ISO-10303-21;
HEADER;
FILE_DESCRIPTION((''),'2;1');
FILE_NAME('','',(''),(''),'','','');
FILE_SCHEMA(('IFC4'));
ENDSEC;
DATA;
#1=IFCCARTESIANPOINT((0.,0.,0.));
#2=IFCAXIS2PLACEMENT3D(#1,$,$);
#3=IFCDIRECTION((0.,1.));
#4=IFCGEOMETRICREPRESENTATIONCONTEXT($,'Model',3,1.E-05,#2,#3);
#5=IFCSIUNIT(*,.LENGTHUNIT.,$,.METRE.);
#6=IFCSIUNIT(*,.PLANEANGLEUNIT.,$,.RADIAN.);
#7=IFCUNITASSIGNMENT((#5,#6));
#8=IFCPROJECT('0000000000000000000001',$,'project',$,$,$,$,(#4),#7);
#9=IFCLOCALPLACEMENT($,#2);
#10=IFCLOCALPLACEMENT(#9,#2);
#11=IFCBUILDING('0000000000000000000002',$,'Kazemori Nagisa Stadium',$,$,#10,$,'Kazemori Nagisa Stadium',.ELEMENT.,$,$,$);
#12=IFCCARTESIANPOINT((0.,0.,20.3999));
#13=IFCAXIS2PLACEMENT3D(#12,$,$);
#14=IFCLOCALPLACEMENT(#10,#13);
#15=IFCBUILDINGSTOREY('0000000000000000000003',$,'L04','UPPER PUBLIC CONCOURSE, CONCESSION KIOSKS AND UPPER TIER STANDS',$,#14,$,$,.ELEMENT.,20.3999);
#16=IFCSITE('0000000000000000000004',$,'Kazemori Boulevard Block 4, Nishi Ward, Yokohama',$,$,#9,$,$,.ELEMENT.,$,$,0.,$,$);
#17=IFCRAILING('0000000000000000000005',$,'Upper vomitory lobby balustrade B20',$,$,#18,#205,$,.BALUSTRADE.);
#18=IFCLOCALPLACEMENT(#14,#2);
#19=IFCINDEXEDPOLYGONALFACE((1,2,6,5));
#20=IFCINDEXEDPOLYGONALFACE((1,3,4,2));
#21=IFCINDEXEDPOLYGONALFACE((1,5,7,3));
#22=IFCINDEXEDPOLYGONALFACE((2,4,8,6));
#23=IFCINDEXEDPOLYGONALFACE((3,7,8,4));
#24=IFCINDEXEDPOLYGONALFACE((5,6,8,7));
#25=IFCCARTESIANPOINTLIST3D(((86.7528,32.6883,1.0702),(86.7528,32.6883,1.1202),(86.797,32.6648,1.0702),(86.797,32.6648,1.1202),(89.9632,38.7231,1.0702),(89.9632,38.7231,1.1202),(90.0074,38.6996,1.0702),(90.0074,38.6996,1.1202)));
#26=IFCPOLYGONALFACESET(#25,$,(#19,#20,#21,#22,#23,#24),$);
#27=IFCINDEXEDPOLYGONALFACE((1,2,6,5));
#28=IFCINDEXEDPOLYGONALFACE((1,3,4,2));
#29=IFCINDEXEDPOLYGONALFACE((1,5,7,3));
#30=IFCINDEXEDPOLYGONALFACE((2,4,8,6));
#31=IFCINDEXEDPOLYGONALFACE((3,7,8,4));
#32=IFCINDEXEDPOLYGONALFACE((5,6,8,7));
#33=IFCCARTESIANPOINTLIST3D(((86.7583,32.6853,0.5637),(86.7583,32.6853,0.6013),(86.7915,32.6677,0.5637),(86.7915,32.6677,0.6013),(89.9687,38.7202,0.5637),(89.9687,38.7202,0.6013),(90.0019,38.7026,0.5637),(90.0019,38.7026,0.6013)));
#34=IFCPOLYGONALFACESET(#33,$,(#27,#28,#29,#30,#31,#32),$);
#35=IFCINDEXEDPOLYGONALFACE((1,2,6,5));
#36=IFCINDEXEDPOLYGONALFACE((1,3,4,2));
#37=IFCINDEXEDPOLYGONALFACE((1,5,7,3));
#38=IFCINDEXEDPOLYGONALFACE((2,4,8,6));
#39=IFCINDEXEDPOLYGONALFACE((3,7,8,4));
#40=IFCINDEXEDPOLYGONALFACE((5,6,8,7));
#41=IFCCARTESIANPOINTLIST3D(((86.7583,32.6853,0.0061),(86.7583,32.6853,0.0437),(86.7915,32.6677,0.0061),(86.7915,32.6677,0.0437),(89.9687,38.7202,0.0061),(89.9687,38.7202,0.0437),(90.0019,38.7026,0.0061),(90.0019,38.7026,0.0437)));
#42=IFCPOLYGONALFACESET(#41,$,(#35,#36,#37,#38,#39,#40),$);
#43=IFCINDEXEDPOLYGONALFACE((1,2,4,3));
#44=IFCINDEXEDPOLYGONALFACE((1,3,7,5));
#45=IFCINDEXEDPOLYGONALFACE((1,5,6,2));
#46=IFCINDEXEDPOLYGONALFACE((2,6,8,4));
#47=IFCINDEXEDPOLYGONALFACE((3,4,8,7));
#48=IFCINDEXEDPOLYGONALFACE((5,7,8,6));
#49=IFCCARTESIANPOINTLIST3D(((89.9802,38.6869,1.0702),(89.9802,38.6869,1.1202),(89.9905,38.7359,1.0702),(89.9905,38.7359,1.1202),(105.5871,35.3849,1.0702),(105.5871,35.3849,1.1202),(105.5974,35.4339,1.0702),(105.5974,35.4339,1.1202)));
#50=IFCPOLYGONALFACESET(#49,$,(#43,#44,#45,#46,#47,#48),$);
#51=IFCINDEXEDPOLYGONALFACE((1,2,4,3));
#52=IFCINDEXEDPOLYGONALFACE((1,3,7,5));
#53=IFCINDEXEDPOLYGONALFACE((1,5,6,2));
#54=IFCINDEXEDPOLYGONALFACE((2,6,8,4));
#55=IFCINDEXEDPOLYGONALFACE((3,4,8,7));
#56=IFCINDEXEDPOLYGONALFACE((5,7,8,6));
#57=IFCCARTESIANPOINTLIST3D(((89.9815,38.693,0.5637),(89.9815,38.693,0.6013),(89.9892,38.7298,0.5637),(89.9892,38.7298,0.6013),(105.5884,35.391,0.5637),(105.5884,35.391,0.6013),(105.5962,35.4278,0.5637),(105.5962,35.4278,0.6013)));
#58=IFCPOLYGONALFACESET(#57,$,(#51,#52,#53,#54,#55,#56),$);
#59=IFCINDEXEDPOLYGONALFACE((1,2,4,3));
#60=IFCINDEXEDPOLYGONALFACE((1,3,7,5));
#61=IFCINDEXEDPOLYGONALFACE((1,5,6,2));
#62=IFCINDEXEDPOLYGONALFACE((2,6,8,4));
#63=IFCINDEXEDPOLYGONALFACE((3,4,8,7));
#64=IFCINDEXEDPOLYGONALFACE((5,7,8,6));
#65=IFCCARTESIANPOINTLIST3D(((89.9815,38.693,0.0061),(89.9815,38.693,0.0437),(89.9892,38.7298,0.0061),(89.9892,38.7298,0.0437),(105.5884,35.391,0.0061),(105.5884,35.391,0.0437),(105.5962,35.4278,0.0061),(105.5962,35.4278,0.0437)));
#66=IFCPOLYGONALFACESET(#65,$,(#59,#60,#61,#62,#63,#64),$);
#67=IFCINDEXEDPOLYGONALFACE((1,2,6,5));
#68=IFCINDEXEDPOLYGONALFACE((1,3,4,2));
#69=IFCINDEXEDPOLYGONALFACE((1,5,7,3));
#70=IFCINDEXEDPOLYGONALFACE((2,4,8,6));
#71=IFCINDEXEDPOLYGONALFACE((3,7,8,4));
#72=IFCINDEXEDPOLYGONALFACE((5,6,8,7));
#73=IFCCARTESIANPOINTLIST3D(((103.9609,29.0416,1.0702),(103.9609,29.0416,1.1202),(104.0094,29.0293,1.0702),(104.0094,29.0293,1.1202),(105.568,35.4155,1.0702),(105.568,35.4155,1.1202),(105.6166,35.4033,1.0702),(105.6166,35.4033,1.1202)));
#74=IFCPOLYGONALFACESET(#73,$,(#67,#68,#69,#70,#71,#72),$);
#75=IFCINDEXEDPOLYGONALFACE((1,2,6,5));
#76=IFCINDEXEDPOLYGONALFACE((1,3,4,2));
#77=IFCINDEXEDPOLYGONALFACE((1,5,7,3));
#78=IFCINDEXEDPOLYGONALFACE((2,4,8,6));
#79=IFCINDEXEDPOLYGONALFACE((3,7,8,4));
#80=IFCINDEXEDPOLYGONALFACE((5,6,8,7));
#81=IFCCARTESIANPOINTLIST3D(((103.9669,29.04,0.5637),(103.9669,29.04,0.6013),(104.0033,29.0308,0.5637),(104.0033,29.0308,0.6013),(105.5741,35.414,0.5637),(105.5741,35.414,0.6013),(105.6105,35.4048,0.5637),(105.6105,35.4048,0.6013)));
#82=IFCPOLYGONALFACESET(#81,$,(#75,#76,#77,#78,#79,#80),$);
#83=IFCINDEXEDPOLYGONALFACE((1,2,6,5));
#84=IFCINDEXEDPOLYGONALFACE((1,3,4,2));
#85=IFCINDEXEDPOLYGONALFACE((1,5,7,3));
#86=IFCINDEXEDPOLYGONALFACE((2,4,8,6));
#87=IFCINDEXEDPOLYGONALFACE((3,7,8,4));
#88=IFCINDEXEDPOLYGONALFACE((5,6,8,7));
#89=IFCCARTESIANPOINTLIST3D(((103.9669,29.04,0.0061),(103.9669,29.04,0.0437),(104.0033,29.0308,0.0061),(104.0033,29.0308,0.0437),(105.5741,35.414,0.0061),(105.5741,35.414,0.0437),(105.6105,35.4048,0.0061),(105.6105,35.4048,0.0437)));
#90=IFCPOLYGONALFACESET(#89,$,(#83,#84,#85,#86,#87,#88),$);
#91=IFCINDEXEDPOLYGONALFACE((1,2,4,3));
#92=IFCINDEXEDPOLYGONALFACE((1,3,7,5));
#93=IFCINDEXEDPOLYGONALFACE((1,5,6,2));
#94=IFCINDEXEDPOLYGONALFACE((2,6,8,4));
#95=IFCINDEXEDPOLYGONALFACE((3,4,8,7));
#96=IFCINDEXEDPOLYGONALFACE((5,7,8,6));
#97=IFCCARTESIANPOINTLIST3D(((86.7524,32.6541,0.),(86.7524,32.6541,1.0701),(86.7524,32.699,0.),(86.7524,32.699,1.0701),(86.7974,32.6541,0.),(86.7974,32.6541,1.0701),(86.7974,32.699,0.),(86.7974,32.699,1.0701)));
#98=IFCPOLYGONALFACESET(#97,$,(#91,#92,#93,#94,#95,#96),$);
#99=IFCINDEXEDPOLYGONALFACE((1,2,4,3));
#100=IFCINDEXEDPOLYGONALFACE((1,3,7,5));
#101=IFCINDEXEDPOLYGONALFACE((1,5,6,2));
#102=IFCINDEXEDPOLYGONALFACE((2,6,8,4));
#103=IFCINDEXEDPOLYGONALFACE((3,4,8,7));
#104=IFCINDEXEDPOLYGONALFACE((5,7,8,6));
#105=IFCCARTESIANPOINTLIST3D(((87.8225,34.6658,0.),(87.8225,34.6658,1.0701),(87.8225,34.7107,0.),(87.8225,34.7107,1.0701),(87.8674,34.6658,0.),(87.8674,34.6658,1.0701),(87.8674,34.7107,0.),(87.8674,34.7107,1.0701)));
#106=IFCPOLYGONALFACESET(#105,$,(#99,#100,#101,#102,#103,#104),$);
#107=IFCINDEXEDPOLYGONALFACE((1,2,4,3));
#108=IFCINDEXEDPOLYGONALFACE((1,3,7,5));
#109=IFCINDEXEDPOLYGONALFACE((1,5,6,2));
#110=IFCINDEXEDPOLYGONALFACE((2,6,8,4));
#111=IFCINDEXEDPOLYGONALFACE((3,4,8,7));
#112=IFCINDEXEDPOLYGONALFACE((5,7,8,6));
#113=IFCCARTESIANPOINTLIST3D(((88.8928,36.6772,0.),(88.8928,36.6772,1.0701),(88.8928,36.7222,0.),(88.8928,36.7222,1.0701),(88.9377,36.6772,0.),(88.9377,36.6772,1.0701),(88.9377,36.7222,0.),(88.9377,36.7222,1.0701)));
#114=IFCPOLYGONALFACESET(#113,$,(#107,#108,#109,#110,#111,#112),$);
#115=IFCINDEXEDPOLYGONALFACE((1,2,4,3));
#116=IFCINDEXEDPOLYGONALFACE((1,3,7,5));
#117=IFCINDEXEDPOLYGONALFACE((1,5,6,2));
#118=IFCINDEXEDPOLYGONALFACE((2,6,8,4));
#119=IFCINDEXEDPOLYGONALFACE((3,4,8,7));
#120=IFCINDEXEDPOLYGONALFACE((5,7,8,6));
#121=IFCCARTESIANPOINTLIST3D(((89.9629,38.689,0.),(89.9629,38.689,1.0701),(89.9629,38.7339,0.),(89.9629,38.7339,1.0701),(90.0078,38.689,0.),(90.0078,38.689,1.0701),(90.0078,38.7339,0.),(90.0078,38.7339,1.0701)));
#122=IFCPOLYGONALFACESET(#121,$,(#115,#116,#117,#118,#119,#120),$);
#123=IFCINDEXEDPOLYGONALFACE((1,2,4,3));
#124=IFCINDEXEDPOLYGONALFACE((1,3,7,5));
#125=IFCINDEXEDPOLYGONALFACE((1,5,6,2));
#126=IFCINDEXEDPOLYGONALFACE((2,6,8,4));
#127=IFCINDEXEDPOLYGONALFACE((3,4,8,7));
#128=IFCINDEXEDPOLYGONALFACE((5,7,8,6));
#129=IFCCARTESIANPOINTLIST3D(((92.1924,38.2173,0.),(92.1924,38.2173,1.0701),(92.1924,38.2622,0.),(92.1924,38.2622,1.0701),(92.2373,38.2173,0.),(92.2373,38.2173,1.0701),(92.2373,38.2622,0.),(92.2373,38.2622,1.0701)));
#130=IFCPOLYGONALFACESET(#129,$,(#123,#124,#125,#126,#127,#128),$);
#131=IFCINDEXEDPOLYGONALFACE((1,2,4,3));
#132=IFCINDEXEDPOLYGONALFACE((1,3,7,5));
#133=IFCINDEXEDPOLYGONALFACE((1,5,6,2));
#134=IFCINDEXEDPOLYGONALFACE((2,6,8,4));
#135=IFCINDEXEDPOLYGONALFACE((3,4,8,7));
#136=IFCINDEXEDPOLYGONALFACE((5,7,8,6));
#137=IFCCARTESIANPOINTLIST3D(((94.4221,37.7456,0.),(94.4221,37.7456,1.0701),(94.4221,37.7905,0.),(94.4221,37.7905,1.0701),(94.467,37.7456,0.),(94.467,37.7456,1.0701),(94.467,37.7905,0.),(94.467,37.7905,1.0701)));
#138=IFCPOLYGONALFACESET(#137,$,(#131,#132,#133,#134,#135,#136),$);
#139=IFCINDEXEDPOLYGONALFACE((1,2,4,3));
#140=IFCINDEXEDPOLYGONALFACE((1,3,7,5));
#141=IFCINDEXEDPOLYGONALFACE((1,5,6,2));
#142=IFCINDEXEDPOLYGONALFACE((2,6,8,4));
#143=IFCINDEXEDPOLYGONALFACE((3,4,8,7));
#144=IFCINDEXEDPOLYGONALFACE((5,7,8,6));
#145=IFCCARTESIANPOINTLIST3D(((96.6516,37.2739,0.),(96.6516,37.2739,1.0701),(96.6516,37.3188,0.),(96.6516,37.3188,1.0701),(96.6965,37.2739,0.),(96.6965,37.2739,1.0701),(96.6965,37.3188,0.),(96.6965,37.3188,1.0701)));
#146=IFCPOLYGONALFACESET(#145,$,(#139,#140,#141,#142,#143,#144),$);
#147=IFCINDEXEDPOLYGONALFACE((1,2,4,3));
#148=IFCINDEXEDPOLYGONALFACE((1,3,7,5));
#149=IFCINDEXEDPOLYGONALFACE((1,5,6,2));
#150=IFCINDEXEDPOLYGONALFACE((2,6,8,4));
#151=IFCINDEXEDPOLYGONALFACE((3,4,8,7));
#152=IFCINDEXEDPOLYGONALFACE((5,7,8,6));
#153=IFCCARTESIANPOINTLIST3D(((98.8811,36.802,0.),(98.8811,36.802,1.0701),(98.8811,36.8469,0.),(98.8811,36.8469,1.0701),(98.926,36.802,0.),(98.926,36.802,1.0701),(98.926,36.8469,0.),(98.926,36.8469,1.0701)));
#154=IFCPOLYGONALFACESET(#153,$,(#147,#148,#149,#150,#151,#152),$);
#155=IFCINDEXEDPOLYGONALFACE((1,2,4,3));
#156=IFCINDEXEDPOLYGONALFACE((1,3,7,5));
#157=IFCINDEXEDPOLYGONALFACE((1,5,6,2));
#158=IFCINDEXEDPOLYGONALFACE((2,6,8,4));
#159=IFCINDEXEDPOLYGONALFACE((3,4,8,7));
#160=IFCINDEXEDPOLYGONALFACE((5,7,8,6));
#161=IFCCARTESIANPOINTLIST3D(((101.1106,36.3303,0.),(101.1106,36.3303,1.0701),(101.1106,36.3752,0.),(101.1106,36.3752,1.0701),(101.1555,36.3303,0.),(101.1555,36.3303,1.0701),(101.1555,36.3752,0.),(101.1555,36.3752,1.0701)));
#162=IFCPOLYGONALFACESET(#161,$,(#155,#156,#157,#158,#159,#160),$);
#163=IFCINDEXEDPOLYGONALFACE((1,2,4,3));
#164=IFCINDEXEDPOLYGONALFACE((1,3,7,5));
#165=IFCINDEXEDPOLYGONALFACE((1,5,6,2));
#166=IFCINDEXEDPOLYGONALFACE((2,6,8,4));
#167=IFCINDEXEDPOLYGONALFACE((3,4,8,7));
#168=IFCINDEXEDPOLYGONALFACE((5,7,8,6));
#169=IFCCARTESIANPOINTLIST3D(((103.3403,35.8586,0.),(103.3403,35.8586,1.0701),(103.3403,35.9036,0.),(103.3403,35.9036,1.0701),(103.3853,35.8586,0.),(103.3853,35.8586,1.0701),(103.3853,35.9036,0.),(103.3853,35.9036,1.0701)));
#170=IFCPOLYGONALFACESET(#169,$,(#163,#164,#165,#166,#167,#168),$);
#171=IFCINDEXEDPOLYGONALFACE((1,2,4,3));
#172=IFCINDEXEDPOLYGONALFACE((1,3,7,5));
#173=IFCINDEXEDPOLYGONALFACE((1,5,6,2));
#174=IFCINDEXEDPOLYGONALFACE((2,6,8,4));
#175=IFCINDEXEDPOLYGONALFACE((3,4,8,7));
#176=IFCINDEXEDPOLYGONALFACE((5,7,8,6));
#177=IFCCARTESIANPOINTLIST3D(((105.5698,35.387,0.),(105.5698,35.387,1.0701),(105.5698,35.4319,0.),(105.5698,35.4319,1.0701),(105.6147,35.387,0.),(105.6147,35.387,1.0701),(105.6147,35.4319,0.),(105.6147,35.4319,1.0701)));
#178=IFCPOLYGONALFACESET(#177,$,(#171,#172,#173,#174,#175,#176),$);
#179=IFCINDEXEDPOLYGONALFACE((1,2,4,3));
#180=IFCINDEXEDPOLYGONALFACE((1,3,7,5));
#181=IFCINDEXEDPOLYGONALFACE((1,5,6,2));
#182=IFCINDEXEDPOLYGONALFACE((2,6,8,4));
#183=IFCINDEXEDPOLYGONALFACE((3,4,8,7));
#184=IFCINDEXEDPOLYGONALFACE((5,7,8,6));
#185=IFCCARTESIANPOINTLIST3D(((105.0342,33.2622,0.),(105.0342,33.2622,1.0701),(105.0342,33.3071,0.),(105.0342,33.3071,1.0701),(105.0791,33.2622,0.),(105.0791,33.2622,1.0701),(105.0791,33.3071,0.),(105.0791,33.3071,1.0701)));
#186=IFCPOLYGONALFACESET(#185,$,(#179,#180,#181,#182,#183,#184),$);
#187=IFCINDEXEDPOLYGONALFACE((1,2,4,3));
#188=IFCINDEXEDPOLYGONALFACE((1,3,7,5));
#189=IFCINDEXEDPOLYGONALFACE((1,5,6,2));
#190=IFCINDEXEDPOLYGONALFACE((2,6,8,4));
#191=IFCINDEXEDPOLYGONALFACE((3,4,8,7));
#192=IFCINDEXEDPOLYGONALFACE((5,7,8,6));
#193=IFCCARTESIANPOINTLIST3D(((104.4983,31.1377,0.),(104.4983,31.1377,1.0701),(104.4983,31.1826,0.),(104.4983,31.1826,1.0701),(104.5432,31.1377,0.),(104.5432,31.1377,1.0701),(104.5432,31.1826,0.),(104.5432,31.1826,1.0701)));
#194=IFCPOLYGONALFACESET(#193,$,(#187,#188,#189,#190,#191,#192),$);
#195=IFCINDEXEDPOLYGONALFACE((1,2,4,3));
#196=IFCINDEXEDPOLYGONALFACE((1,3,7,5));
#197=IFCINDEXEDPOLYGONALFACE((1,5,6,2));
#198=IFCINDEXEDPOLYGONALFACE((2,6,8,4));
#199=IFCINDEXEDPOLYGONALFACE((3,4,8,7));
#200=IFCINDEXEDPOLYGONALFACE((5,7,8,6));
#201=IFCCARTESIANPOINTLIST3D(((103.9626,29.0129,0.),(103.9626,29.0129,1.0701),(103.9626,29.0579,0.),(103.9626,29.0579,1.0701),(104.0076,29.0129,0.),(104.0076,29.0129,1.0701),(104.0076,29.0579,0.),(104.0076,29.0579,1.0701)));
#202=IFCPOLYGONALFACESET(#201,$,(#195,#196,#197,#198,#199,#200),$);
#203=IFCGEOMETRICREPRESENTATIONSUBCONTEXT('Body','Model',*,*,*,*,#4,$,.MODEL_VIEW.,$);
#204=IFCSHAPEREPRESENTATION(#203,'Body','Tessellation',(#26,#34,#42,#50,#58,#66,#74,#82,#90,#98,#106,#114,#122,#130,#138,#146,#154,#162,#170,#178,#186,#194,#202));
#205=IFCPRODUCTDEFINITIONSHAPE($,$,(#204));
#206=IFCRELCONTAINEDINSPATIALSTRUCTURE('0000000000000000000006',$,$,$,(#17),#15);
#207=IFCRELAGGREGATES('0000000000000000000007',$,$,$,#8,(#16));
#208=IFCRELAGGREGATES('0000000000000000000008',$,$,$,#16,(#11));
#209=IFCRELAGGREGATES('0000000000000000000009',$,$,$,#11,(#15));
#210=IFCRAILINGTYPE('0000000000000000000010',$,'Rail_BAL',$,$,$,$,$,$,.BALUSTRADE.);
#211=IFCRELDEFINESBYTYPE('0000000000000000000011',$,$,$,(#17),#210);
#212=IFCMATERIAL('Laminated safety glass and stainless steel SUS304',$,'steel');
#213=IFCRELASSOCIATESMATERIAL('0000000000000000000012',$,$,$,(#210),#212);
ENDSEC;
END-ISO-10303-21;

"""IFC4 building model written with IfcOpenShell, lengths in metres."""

from ifc_helpers import new_model, si_unit, direction, frame, origin, origin_2d, place, context, subcontext, project, spatial, rectangle, extrude, material, type_object, element, save


model = new_model("IFC4")

# Units and contexts
model_context = context("Model", 3, precision=1e-05, world=origin(), true_north=direction((0.0, 1.0)))
body_context = subcontext(model_context, "Body", "Model", "MODEL_VIEW")
ifc_project = project(units=[si_unit("LENGTHUNIT", "METRE"), si_unit("PLANEANGLEUNIT", "RADIAN")], contexts=[model_context])

# Site, building, storey
site_placement = place(None, origin())
site = spatial("IfcSite", under=ifc_project, at=site_placement, Name="Kazemori Boulevard Block 4, Nishi Ward, Yokohama", CompositionType="ELEMENT", RefElevation=0.0)
building_placement = place(site_placement, origin())
building = spatial("IfcBuilding", under=site, at=building_placement, Name="Kazemori Nagisa Stadium", LongName="Kazemori Nagisa Stadium", CompositionType="ELEMENT")
storey_placement = place(building_placement, frame((0.0, 0.0, 20.3999)))
storey = spatial("IfcBuildingStorey", under=building, at=storey_placement, Name="L04", Description="UPPER PUBLIC CONCOURSE, CONCESSION KIOSKS AND UPPER TIER STANDS", CompositionType="ELEMENT", Elevation=20.3999)

# Railing
ifc_material_1 = material(Name="Laminated safety glass and stainless steel SUS304", Category="steel")
railing_type = type_object("IfcRailingType", Name="Rail_BAL", PredefinedType="BALUSTRADE", material=ifc_material_1)
railing_placement = place(storey_placement, frame((86.7749, 32.6765, 0.0)))
element("IfcRailing", 1, at=railing_placement, inside=storey, type_object=railing_type, Name="Upper vomitory lobby balustrade B20", PredefinedType="BALUSTRADE", context=body_context, shape_type="SweptSolid", body=[
    extrude(rectangle(XDim=0.05, YDim=0.05, at=origin_2d()), frame((0.0, 0.0, 1.0952), z_axis=(0.469657, 0.882849, 0.0), x_axis=(-0.882849, 0.469657, 0.0)), (0.0, 0.0, 1.0), 6.8357),
    extrude(rectangle(XDim=0.0376, YDim=0.0376, at=origin_2d()), frame((0.0, 0.0, 0.5825), z_axis=(0.469657, 0.882849, 0.0), x_axis=(-0.882849, 0.469657, 0.0)), (0.0, 0.0, 1.0), 6.8357),
    extrude(rectangle(XDim=0.0376, YDim=0.0376, at=origin_2d()), frame((0.0, 0.0, 0.0249), z_axis=(0.469657, 0.882849, 0.0), x_axis=(-0.882849, 0.469657, 0.0)), (0.0, 0.0, 1.0), 6.8357),
    extrude(rectangle(XDim=0.05, YDim=0.05, at=origin_2d()), frame((3.2104, 6.0349, 1.0952), z_axis=(0.978343, -0.206991, 0.0), x_axis=(0.206991, 0.978343, 0.0)), (0.0, 0.0, 1.0), 15.9524),
    extrude(rectangle(XDim=0.0376, YDim=0.0376, at=origin_2d()), frame((3.2104, 6.0349, 0.5825), z_axis=(0.978343, -0.206991, 0.0), x_axis=(0.206991, 0.978343, 0.0)), (0.0, 0.0, 1.0), 15.9524),
    extrude(rectangle(XDim=0.0376, YDim=0.0376, at=origin_2d()), frame((3.2104, 6.0349, 0.0249), z_axis=(0.978343, -0.206991, 0.0), x_axis=(0.206991, 0.978343, 0.0)), (0.0, 0.0, 1.0), 15.9524),
    extrude(rectangle(XDim=0.05, YDim=0.05, at=origin_2d()), frame((18.8174, 2.7329, 1.0952), z_axis=(-0.244493, -0.969651, 0.0), x_axis=(0.969651, -0.244493, 0.0)), (0.0, 0.0, 1.0), 6.5735),
    extrude(rectangle(XDim=0.0376, YDim=0.0376, at=origin_2d()), frame((18.8174, 2.7329, 0.5825), z_axis=(-0.244493, -0.969651, 0.0), x_axis=(0.969651, -0.244493, 0.0)), (0.0, 0.0, 1.0), 6.5735),
    extrude(rectangle(XDim=0.0376, YDim=0.0376, at=origin_2d()), frame((18.8174, 2.7329, 0.0249), z_axis=(-0.244493, -0.969651, 0.0), x_axis=(0.969651, -0.244493, 0.0)), (0.0, 0.0, 1.0), 6.5735),
    extrude(rectangle(XDim=0.0449, YDim=0.0449, at=origin_2d()), origin(), (0.0, 0.0, 1.0), 1.0701),
    extrude(rectangle(XDim=0.0449, YDim=0.0449, at=origin_2d()), frame((1.0701, 2.0117, 0.0)), (0.0, 0.0, 1.0), 1.0701),
    extrude(rectangle(XDim=0.0449, YDim=0.0449, at=origin_2d()), frame((2.1404, 4.0232, 0.0)), (0.0, 0.0, 1.0), 1.0701),
    extrude(rectangle(XDim=0.0449, YDim=0.0449, at=origin_2d()), frame((3.2104, 6.0349, 0.0)), (0.0, 0.0, 1.0), 1.0701),
    extrude(rectangle(XDim=0.0449, YDim=0.0449, at=origin_2d()), frame((5.4399, 5.5632, 0.0)), (0.0, 0.0, 1.0), 1.0701),
    extrude(rectangle(XDim=0.0449, YDim=0.0449, at=origin_2d()), frame((7.6697, 5.0916, 0.0)), (0.0, 0.0, 1.0), 1.0701),
    extrude(rectangle(XDim=0.0449, YDim=0.0449, at=origin_2d()), frame((9.8992, 4.6199, 0.0)), (0.0, 0.0, 1.0), 1.0701),
    extrude(rectangle(XDim=0.0449, YDim=0.0449, at=origin_2d()), frame((12.1287, 4.1479, 0.0)), (0.0, 0.0, 1.0), 1.0701),
    extrude(rectangle(XDim=0.0449, YDim=0.0449, at=origin_2d()), frame((14.3582, 3.6763, 0.0)), (0.0, 0.0, 1.0), 1.0701),
    extrude(rectangle(XDim=0.0449, YDim=0.0449, at=origin_2d()), frame((16.5879, 3.2046, 0.0)), (0.0, 0.0, 1.0), 1.0701),
    extrude(rectangle(XDim=0.0449, YDim=0.0449, at=origin_2d()), frame((18.8174, 2.7329, 0.0)), (0.0, 0.0, 1.0), 1.0701),
    extrude(rectangle(XDim=0.0449, YDim=0.0449, at=origin_2d()), frame((18.2817, 0.6082, 0.0)), (0.0, 0.0, 1.0), 1.0701),
    extrude(rectangle(XDim=0.0449, YDim=0.0449, at=origin_2d()), frame((17.7458, -1.5164, 0.0)), (0.0, 0.0, 1.0), 1.0701),
    extrude(rectangle(XDim=0.0449, YDim=0.0449, at=origin_2d()), frame((17.2102, -3.6411, 0.0)), (0.0, 0.0, 1.0), 1.0701),
])

save(model, "model.ifc")
